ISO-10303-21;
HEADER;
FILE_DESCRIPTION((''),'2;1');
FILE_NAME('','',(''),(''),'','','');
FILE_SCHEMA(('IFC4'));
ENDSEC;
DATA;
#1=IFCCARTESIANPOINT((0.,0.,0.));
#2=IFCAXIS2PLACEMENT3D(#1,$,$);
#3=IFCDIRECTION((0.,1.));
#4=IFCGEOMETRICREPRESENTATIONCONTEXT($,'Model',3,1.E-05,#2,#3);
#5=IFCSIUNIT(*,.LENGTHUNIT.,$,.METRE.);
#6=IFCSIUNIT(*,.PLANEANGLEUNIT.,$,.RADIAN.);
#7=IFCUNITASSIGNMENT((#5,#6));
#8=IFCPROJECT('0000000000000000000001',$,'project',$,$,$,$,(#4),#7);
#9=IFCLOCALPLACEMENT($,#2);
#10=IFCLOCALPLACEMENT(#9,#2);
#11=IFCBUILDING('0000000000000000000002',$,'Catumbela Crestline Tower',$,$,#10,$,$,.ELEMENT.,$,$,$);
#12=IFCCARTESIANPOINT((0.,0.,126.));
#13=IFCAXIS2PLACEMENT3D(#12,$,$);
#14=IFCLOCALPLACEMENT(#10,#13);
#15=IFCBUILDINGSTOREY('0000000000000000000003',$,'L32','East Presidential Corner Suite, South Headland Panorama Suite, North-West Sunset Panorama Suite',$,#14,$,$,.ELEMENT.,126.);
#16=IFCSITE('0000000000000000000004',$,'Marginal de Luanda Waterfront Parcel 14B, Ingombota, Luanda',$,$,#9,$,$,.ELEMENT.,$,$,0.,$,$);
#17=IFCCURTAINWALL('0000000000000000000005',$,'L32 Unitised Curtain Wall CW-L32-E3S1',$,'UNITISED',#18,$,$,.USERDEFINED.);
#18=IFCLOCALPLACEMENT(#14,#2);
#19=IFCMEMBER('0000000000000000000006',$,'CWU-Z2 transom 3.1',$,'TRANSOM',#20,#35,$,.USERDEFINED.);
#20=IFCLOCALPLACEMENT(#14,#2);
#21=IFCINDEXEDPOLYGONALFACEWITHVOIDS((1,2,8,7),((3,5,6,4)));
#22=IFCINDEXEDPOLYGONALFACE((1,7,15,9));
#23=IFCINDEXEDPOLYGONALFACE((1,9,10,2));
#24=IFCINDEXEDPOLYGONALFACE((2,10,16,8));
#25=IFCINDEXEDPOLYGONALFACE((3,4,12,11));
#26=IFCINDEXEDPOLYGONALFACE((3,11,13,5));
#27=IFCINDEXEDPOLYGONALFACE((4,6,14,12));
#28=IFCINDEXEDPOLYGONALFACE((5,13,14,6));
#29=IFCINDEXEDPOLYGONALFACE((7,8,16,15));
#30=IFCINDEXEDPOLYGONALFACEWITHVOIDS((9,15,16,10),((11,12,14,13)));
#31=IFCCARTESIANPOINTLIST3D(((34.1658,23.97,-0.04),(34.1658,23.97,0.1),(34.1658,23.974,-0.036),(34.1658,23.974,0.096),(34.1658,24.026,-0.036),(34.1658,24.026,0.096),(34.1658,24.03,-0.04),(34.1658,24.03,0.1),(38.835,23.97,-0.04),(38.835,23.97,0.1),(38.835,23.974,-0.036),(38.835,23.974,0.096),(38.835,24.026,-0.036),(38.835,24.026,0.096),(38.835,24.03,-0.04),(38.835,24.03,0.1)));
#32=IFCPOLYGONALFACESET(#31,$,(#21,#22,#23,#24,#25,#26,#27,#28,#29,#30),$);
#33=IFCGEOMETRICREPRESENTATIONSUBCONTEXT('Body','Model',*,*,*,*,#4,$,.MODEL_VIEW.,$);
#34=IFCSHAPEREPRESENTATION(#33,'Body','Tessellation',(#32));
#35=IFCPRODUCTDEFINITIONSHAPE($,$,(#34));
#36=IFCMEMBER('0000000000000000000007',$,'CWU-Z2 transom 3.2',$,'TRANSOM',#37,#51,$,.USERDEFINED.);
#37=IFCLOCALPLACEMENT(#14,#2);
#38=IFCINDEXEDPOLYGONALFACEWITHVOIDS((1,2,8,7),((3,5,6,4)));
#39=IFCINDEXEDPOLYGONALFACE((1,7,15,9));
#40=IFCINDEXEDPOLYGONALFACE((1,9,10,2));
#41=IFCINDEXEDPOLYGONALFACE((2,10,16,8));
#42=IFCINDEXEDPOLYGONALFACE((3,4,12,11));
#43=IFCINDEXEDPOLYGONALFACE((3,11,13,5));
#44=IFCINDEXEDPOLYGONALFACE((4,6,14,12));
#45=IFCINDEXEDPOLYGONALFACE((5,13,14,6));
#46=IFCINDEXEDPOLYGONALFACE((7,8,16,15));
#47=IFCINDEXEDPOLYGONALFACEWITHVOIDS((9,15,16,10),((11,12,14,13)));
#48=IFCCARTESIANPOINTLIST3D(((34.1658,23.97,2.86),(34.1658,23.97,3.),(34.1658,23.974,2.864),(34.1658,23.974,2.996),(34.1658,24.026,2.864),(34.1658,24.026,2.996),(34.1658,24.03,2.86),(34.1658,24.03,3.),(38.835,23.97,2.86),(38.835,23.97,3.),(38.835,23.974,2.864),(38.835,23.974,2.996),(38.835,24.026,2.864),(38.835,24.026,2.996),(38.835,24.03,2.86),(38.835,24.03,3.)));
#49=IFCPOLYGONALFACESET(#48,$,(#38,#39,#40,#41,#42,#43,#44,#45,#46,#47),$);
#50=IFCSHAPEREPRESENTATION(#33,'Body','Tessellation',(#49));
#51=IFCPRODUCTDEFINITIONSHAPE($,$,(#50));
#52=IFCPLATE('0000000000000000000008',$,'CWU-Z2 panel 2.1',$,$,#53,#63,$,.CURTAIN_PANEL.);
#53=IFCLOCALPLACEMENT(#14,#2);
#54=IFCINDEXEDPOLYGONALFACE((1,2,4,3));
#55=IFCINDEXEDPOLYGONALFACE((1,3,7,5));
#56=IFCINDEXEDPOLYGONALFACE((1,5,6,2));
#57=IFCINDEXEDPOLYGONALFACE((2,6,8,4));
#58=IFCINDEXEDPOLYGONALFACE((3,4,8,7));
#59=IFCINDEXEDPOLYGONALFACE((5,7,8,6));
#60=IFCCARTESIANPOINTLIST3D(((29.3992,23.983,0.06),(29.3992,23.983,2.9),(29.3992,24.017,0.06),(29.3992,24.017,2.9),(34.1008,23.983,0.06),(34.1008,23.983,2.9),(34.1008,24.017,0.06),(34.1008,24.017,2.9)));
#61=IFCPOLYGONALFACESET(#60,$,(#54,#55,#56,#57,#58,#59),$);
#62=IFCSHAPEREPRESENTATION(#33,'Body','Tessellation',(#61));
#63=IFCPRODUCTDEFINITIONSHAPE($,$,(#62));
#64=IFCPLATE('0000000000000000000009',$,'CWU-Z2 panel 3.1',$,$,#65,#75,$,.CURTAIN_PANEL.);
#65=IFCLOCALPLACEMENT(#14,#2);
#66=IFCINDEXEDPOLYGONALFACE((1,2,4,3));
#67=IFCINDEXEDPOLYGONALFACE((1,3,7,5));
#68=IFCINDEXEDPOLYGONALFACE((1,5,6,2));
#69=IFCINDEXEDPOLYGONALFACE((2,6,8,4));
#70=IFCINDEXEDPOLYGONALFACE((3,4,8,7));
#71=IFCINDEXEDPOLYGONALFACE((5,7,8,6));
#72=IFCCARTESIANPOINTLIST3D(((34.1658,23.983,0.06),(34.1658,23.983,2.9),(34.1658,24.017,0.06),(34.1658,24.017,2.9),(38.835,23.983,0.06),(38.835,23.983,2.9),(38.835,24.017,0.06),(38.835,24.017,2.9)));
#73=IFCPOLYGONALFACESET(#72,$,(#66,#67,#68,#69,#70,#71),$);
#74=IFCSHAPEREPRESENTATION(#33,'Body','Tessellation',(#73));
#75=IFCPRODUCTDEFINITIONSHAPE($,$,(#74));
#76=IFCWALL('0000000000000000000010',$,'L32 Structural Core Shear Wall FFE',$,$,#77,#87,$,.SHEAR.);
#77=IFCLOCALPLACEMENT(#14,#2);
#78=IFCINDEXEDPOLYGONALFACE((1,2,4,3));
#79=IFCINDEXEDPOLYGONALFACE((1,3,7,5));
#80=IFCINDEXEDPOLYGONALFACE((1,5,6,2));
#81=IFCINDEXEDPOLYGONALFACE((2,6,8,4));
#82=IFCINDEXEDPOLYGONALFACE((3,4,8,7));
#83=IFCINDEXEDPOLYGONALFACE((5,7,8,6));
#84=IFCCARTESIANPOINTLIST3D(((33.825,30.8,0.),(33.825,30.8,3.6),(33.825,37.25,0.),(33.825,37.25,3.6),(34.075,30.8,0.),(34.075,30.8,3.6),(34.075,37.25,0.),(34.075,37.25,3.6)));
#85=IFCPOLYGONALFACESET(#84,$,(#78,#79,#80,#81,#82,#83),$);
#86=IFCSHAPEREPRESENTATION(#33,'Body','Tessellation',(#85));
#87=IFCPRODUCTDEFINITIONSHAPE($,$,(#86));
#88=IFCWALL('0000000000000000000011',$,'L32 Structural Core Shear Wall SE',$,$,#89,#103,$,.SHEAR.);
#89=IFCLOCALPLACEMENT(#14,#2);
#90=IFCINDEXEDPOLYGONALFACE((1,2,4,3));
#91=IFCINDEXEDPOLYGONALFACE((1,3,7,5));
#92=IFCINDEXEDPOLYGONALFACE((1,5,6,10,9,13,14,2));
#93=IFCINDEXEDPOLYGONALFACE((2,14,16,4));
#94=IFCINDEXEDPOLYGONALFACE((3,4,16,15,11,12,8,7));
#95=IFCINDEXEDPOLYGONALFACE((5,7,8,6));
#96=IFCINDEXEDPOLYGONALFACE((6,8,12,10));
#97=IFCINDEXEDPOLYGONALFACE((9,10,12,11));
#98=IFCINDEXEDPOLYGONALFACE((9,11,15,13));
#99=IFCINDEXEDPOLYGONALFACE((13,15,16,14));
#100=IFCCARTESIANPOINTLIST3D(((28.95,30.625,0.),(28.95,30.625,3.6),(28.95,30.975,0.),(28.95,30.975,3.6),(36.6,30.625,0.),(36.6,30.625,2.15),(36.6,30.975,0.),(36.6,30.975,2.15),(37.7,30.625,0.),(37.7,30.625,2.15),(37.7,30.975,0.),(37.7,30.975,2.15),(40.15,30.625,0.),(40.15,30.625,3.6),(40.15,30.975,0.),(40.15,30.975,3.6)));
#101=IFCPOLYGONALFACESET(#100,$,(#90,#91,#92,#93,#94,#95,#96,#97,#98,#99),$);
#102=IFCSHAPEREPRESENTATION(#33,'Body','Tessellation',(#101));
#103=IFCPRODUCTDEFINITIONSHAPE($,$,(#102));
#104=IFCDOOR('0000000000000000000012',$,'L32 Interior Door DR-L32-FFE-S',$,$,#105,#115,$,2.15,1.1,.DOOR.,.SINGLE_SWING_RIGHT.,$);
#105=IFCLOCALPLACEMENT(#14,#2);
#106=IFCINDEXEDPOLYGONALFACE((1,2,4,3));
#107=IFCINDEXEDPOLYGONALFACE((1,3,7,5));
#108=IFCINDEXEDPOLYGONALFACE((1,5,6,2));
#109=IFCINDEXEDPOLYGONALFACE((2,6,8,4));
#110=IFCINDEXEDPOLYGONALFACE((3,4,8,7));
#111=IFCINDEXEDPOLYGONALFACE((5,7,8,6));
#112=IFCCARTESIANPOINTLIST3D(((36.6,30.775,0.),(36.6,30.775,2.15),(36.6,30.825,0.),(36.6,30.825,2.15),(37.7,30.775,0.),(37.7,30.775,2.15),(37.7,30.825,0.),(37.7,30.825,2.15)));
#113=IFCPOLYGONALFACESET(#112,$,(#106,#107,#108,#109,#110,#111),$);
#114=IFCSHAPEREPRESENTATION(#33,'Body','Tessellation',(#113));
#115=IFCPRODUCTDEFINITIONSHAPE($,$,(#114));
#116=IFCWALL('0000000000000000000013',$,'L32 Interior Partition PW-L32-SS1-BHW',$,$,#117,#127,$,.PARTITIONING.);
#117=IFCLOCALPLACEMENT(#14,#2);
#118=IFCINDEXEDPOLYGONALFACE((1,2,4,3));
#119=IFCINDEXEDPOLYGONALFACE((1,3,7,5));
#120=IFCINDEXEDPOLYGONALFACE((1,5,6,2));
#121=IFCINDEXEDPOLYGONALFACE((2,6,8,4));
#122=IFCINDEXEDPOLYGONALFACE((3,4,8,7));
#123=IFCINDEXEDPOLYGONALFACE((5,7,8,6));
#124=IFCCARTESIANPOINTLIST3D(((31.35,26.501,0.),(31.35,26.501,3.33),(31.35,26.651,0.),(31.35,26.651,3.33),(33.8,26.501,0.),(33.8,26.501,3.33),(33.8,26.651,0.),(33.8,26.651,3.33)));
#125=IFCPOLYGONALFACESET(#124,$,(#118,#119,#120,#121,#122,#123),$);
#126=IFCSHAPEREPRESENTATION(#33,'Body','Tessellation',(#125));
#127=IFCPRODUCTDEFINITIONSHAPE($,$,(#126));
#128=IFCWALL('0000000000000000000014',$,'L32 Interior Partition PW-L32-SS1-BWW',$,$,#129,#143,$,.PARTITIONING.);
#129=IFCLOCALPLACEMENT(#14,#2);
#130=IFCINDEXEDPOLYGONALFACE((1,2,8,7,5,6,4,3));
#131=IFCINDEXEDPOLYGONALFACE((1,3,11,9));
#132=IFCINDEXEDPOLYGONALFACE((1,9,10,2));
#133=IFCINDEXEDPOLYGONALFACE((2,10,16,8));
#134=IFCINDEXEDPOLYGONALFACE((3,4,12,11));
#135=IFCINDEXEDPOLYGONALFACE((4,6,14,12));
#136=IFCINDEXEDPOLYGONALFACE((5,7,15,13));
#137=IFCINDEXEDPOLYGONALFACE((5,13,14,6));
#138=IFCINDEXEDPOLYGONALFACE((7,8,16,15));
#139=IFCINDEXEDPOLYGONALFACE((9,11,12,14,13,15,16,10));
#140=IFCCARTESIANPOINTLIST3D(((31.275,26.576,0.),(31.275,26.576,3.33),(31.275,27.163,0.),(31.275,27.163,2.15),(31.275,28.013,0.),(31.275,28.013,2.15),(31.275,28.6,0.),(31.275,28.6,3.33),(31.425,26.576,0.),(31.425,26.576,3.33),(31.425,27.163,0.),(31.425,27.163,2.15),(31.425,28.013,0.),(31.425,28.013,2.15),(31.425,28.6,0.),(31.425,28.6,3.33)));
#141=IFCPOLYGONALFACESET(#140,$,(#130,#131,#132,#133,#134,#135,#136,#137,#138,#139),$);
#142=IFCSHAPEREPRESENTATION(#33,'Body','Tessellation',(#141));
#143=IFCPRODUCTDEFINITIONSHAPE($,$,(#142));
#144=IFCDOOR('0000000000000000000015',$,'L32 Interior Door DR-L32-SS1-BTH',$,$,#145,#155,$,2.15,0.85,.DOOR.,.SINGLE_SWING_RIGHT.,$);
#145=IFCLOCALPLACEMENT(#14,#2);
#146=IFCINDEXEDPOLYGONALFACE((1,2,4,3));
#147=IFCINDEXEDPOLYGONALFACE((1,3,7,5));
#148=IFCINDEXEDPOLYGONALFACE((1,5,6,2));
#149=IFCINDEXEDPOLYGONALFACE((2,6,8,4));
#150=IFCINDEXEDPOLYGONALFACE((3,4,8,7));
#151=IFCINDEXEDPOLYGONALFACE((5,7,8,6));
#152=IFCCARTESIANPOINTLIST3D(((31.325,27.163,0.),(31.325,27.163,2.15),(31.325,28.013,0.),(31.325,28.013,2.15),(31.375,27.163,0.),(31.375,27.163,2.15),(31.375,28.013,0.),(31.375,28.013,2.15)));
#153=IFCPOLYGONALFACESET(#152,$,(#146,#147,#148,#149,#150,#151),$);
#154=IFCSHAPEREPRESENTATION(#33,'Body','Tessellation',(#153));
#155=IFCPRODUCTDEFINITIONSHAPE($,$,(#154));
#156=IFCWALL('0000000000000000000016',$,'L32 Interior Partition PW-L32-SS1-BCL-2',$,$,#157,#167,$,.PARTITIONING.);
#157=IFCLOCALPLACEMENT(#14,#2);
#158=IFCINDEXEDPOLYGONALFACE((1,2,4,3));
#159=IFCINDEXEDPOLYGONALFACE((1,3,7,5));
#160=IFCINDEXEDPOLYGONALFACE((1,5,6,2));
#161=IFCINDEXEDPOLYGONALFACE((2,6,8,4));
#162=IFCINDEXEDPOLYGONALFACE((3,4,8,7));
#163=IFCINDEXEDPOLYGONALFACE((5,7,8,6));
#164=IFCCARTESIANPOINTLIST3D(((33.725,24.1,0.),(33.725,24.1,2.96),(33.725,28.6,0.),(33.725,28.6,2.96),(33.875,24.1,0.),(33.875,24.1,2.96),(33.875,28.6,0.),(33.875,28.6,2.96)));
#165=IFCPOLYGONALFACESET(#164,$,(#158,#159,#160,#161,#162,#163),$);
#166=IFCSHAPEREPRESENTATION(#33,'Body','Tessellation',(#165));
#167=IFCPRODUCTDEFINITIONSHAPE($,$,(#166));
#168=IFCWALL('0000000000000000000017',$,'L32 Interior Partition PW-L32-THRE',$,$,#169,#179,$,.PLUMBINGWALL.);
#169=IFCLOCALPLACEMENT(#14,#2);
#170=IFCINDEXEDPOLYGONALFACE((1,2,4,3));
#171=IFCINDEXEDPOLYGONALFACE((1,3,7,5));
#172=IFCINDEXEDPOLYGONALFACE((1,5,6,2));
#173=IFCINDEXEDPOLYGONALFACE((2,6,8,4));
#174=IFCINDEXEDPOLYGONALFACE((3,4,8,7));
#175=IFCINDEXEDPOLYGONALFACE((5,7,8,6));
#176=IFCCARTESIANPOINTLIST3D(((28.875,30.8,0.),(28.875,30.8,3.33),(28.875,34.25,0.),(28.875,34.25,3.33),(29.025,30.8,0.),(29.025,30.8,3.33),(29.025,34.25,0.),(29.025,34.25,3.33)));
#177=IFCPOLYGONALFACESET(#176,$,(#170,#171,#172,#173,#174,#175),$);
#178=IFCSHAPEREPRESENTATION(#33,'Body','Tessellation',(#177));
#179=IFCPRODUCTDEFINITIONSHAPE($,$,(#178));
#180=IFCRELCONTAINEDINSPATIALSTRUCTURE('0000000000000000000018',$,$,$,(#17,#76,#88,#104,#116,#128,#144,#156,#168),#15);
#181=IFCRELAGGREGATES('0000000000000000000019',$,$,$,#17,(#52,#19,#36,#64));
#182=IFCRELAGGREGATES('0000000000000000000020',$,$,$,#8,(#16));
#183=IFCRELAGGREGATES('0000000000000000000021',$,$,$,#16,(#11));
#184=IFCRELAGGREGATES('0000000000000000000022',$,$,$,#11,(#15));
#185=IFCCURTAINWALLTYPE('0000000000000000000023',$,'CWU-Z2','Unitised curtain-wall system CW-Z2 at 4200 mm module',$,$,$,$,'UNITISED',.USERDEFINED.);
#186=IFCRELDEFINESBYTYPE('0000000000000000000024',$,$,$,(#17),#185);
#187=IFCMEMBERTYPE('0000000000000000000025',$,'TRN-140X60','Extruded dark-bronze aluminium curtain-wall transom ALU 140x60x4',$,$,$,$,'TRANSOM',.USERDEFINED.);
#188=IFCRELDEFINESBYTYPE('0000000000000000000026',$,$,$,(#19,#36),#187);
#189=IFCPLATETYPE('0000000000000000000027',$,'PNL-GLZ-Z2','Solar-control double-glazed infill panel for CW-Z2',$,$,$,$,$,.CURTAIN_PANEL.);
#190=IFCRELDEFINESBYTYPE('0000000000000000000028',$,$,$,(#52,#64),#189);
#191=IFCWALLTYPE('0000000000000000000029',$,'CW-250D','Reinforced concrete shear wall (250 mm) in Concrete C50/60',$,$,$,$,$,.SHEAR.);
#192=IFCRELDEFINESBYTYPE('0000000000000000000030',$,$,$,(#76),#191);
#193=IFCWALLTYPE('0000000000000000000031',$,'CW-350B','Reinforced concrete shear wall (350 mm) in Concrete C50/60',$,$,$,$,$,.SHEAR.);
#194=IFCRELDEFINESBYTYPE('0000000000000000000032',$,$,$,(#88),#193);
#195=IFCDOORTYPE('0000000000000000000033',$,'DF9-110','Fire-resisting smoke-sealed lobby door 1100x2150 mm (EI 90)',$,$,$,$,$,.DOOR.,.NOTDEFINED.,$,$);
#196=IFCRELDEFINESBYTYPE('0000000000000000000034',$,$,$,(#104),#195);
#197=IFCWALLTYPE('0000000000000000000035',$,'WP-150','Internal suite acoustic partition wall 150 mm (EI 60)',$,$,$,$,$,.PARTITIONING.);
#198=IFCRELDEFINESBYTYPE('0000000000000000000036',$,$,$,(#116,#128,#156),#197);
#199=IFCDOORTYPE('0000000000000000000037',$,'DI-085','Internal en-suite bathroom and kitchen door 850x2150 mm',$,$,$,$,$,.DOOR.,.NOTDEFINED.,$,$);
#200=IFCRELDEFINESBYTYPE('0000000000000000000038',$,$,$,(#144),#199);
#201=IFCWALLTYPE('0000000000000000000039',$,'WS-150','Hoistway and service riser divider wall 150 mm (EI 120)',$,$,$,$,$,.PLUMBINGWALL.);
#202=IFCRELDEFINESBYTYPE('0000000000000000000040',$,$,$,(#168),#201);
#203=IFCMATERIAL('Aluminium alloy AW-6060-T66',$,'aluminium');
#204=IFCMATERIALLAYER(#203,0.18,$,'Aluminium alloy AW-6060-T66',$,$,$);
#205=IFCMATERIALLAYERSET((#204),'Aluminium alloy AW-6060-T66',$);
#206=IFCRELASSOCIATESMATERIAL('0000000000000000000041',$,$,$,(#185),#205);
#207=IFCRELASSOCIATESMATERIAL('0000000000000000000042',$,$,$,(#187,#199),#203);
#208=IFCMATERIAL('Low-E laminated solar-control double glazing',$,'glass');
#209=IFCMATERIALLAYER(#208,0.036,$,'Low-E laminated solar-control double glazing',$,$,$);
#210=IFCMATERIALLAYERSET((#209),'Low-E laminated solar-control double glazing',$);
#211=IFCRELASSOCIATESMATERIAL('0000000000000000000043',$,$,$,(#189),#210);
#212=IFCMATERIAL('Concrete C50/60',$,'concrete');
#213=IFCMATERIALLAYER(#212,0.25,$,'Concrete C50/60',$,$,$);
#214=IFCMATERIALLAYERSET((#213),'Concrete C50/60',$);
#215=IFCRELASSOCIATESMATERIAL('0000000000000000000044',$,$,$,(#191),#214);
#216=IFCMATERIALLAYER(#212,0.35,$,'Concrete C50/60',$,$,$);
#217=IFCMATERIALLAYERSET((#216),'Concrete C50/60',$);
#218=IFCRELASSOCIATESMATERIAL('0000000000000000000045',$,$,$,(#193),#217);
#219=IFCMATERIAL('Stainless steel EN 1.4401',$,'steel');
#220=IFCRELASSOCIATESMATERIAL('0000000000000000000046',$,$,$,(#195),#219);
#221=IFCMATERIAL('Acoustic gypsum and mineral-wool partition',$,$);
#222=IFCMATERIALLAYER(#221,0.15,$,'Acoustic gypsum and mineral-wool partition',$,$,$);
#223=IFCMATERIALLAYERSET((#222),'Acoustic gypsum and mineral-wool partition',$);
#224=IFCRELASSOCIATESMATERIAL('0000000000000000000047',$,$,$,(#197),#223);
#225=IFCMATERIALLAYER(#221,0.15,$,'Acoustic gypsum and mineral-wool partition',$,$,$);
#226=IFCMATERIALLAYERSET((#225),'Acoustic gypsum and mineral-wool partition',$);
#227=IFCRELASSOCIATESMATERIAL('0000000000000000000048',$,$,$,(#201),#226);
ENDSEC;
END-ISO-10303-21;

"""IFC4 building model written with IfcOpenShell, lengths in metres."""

from ifc_helpers import new_model, si_unit, direction, frame, frame_2d, origin, origin_2d, place, context, subcontext, project, spatial, rectangle, hollow_rectangle, extrude, material, layer, layer_set, material_profile, profile_set, type_object, element, fill, aggregate, save


model = new_model("IFC4")

# Units and contexts
model_context = context("Model", 3, precision=1e-05, world=origin(), true_north=direction((0.0, 1.0)))
body_context = subcontext(model_context, "Body", "Model", "MODEL_VIEW")
ifc_project = project(units=[si_unit("LENGTHUNIT", "METRE"), si_unit("PLANEANGLEUNIT", "RADIAN")], contexts=[model_context])

# Site, building, storey
site_placement = place(None, origin())
site = spatial("IfcSite", under=ifc_project, at=site_placement, Name="Marginal de Luanda Waterfront Parcel 14B, Ingombota, Luanda", CompositionType="ELEMENT", RefElevation=0.0)
building_placement = place(site_placement, origin())
building = spatial("IfcBuilding", under=site, at=building_placement, Name="Catumbela Crestline Tower", CompositionType="ELEMENT")
storey_placement = place(building_placement, frame((0.0, 0.0, 126.0)))
storey = spatial("IfcBuildingStorey", under=building, at=storey_placement, Name="L32", Description="East Presidential Corner Suite, South Headland Panorama Suite, North-West Sunset Panorama Suite", CompositionType="ELEMENT", Elevation=126.0)

# Shared definitions
ifc_material_1 = material(Name="Concrete C50/60", Category="concrete")

# Curtain wall
ifc_material_2 = material(Name="Aluminium alloy AW-6060-T66", Category="aluminium")
ifc_layer_1 = layer(ifc_material_2, 0.18, Name="Aluminium alloy AW-6060-T66")
ifc_layer_set_1 = layer_set([ifc_layer_1], Name="Aluminium alloy AW-6060-T66")
curtain_wall_type = type_object("IfcCurtainWallType", Name="CWU-Z2", Description="Unitised curtain-wall system CW-Z2 at 4200 mm module", ElementType="UNITISED", PredefinedType="USERDEFINED", material=ifc_layer_set_1)
curtain_wall_placement = place(storey_placement, origin())
curtain_wall = element("IfcCurtainWall", 1, at=curtain_wall_placement, inside=storey, type_object=curtain_wall_type, Name="L32 Unitised Curtain Wall CW-L32-E3S1", ObjectType="UNITISED", PredefinedType="USERDEFINED")

# Members
ifc_material_profile_1 = material_profile(ifc_material_2, hollow_rectangle(XDim=0.06, YDim=0.14, WallThickness=0.004, at=origin_2d()), Name="ALU 140x60x4")
ifc_profile_set_1 = profile_set([ifc_material_profile_1], Name="Aluminium alloy AW-6060-T66")
member_type_1 = type_object("IfcMemberType", Name="TRN-140X60", Description="Extruded dark-bronze aluminium curtain-wall transom ALU 140x60x4", ElementType="TRANSOM", PredefinedType="USERDEFINED", material=ifc_profile_set_1)
member_1_placement = place(storey_placement, frame((34.1658, 24.0, 0.03), z_axis=(1.0, 0.0, 0.0), x_axis=(0.0, 1.0, 0.0)))
member_1 = element("IfcMember", 2, at=member_1_placement, type_object=member_type_1, Name="CWU-Z2 transom 3.1", ObjectType="TRANSOM", PredefinedType="USERDEFINED", context=body_context, shape_type="SweptSolid", body=[
    extrude(hollow_rectangle(XDim=0.06, YDim=0.14, WallThickness=0.004, at=origin_2d()), origin(), (0.0, 0.0, 1.0), 4.6692),
])
member_2_placement = place(storey_placement, frame((34.1658, 24.0, 2.93), z_axis=(1.0, 0.0, 0.0), x_axis=(0.0, 1.0, 0.0)))
member_2 = element("IfcMember", 3, at=member_2_placement, type_object=member_type_1, Name="CWU-Z2 transom 3.2", ObjectType="TRANSOM", PredefinedType="USERDEFINED", context=body_context, shape_type="SweptSolid", body=[
    extrude(hollow_rectangle(XDim=0.06, YDim=0.14, WallThickness=0.004, at=origin_2d()), origin(), (0.0, 0.0, 1.0), 4.6692),
])

# Plates
ifc_material_3 = material(Name="Low-E laminated solar-control double glazing", Category="glass")
ifc_layer_2 = layer(ifc_material_3, 0.036, Name="Low-E laminated solar-control double glazing")
ifc_layer_set_2 = layer_set([ifc_layer_2], Name="Low-E laminated solar-control double glazing")
plate_type = type_object("IfcPlateType", Name="PNL-GLZ-Z2", Description="Solar-control double-glazed infill panel for CW-Z2", PredefinedType="CURTAIN_PANEL", material=ifc_layer_set_2)
plate_1_placement = place(storey_placement, frame((31.75, 24.0, 0.06), z_axis=(0.0, 0.0, 1.0), x_axis=(1.0, 0.0, 0.0)))
plate_1 = element("IfcPlate", 4, at=plate_1_placement, type_object=plate_type, Name="CWU-Z2 panel 2.1", PredefinedType="CURTAIN_PANEL", context=body_context, shape_type="SweptSolid", body=[
    extrude(rectangle(XDim=4.7017, YDim=0.034, at=origin_2d()), origin(), (0.0, 0.0, 1.0), 2.84),
])
plate_2_placement = place(storey_placement, frame((36.5004, 24.0, 0.06), z_axis=(0.0, 0.0, 1.0), x_axis=(1.0, 0.0, 0.0)))
plate_2 = element("IfcPlate", 5, at=plate_2_placement, type_object=plate_type, Name="CWU-Z2 panel 3.1", PredefinedType="CURTAIN_PANEL", context=body_context, shape_type="SweptSolid", body=[
    extrude(rectangle(XDim=4.6692, YDim=0.034, at=origin_2d()), origin(), (0.0, 0.0, 1.0), 2.84),
])
aggregate(curtain_wall, [plate_1, member_1, member_2, plate_2])

# Wall
ifc_layer_3 = layer(ifc_material_1, 0.25, Name="Concrete C50/60")
ifc_layer_set_3 = layer_set([ifc_layer_3], Name="Concrete C50/60")
wall_type_1 = type_object("IfcWallType", Name="CW-250D", Description="Reinforced concrete shear wall (250 mm) in Concrete C50/60", PredefinedType="SHEAR", material=ifc_layer_set_3)
wall_1_placement = place(storey_placement, frame((33.95, 30.8, 0.0), z_axis=(0.0, 0.0, 1.0), x_axis=(0.0, 1.0, 0.0)))
element("IfcWall", 6, at=wall_1_placement, inside=storey, type_object=wall_type_1, Name="L32 Structural Core Shear Wall FFE", PredefinedType="SHEAR", context=body_context, shape_type="SweptSolid", body=[
    extrude(rectangle(XDim=6.45, YDim=0.25, at=frame_2d((3.225, 0.0))), origin(), (0.0, 0.0, 1.0), 3.6),
])

# Wall, opening, door
ifc_layer_4 = layer(ifc_material_1, 0.35, Name="Concrete C50/60")
ifc_layer_set_4 = layer_set([ifc_layer_4], Name="Concrete C50/60")
wall_type_2 = type_object("IfcWallType", Name="CW-350B", Description="Reinforced concrete shear wall (350 mm) in Concrete C50/60", PredefinedType="SHEAR", material=ifc_layer_set_4)
wall_2_placement = place(storey_placement, frame((28.95, 30.8, 0.0), z_axis=(0.0, 0.0, 1.0), x_axis=(1.0, 0.0, 0.0)))
wall_2 = element("IfcWall", 7, at=wall_2_placement, inside=storey, type_object=wall_type_2, Name="L32 Structural Core Shear Wall SE", PredefinedType="SHEAR", context=body_context, shape_type="SweptSolid", body=[
    extrude(rectangle(XDim=11.2, YDim=0.35, at=frame_2d((5.6, 0.0))), origin(), (0.0, 0.0, 1.0), 3.6),
])
opening_1_placement = place(wall_2_placement, frame((7.65, 0.0, 0.0)))
opening_1 = element("IfcOpeningElement", 8, at=opening_1_placement, cuts=wall_2, PredefinedType="OPENING", context=body_context, shape_type="SweptSolid", body=[
    extrude(rectangle(XDim=1.1, YDim=2.15, at=frame_2d((0.55, 1.075))), frame((0.0, 0.185, 0.0), z_axis=(0.0, -1.0, 0.0), x_axis=(1.0, 0.0, 0.0)), (0.0, 0.0, 1.0), 0.37),
])
ifc_material_4 = material(Name="Stainless steel EN 1.4401", Category="steel")
door_type_1 = type_object("IfcDoorType", Name="DF9-110", Description="Fire-resisting smoke-sealed lobby door 1100x2150 mm (EI 90)", OperationType="NOTDEFINED", PredefinedType="DOOR", material=ifc_material_4)
door_1_placement = place(opening_1_placement, origin())
door_1 = element("IfcDoor", 9, at=door_1_placement, inside=storey, type_object=door_type_1, Name="L32 Interior Door DR-L32-FFE-S", OperationType="SINGLE_SWING_RIGHT", OverallHeight=2.15, OverallWidth=1.1, PredefinedType="DOOR", context=body_context, shape_type="SweptSolid", body=[
    extrude(rectangle(XDim=1.1, YDim=2.15, at=frame_2d((0.55, 1.075))), frame((0.0, 0.025, 0.0), z_axis=(0.0, -1.0, 0.0), x_axis=(1.0, 0.0, 0.0)), (0.0, 0.0, 1.0), 0.05),
])
fill(opening_1, door_1)

# Wall
ifc_material_5 = material(Name="Acoustic gypsum and mineral-wool partition")
ifc_layer_5 = layer(ifc_material_5, 0.15, Name="Acoustic gypsum and mineral-wool partition")
ifc_layer_set_5 = layer_set([ifc_layer_5], Name="Acoustic gypsum and mineral-wool partition")
wall_type_3 = type_object("IfcWallType", Name="WP-150", Description="Internal suite acoustic partition wall 150 mm (EI 60)", PredefinedType="PARTITIONING", material=ifc_layer_set_5)
wall_3_placement = place(storey_placement, frame((31.35, 26.576, 0.0), z_axis=(0.0, 0.0, 1.0), x_axis=(1.0, 0.0, 0.0)))
element("IfcWall", 10, at=wall_3_placement, inside=storey, type_object=wall_type_3, Name="L32 Interior Partition PW-L32-SS1-BHW", PredefinedType="PARTITIONING", context=body_context, shape_type="SweptSolid", body=[
    extrude(rectangle(XDim=2.45, YDim=0.15, at=frame_2d((1.225, 0.0))), origin(), (0.0, 0.0, 1.0), 3.33),
])

# Wall, opening, door
wall_4_placement = place(storey_placement, frame((31.35, 26.576, 0.0), z_axis=(0.0, 0.0, 1.0), x_axis=(0.0, 1.0, 0.0)))
wall_4 = element("IfcWall", 11, at=wall_4_placement, inside=storey, type_object=wall_type_3, Name="L32 Interior Partition PW-L32-SS1-BWW", PredefinedType="PARTITIONING", context=body_context, shape_type="SweptSolid", body=[
    extrude(rectangle(XDim=2.024, YDim=0.15, at=frame_2d((1.012, 0.0))), origin(), (0.0, 0.0, 1.0), 3.33),
])
opening_2_placement = place(wall_4_placement, frame((0.587, 0.0, 0.0)))
opening_2 = element("IfcOpeningElement", 12, at=opening_2_placement, cuts=wall_4, PredefinedType="OPENING", context=body_context, shape_type="SweptSolid", body=[
    extrude(rectangle(XDim=0.85, YDim=2.15, at=frame_2d((0.425, 1.075))), frame((0.0, 0.085, 0.0), z_axis=(0.0, -1.0, 0.0), x_axis=(1.0, 0.0, 0.0)), (0.0, 0.0, 1.0), 0.17),
])
door_type_2 = type_object("IfcDoorType", Name="DI-085", Description="Internal en-suite bathroom and kitchen door 850x2150 mm", OperationType="NOTDEFINED", PredefinedType="DOOR", material=ifc_material_2)
door_2_placement = place(opening_2_placement, origin())
door_2 = element("IfcDoor", 13, at=door_2_placement, inside=storey, type_object=door_type_2, Name="L32 Interior Door DR-L32-SS1-BTH", OperationType="SINGLE_SWING_RIGHT", OverallHeight=2.15, OverallWidth=0.85, PredefinedType="DOOR", context=body_context, shape_type="SweptSolid", body=[
    extrude(rectangle(XDim=0.85, YDim=2.15, at=frame_2d((0.425, 1.075))), frame((0.0, 0.025, 0.0), z_axis=(0.0, -1.0, 0.0), x_axis=(1.0, 0.0, 0.0)), (0.0, 0.0, 1.0), 0.05),
])
fill(opening_2, door_2)

# Walls
wall_5_placement = place(storey_placement, frame((33.8, 28.6, 0.0), z_axis=(0.0, 0.0, 1.0), x_axis=(0.0, -1.0, 0.0)))
element("IfcWall", 14, at=wall_5_placement, inside=storey, type_object=wall_type_3, Name="L32 Interior Partition PW-L32-SS1-BCL-2", PredefinedType="PARTITIONING", context=body_context, shape_type="SweptSolid", body=[
    extrude(rectangle(XDim=4.5, YDim=0.15, at=frame_2d((2.25, 0.0))), origin(), (0.0, 0.0, 1.0), 2.96),
])
ifc_layer_6 = layer(ifc_material_5, 0.15, Name="Acoustic gypsum and mineral-wool partition")
ifc_layer_set_6 = layer_set([ifc_layer_6], Name="Acoustic gypsum and mineral-wool partition")
wall_type_4 = type_object("IfcWallType", Name="WS-150", Description="Hoistway and service riser divider wall 150 mm (EI 120)", PredefinedType="PLUMBINGWALL", material=ifc_layer_set_6)
wall_6_placement = place(storey_placement, frame((28.95, 30.8, 0.0), z_axis=(0.0, 0.0, 1.0), x_axis=(0.0, 1.0, 0.0)))
element("IfcWall", 15, at=wall_6_placement, inside=storey, type_object=wall_type_4, Name="L32 Interior Partition PW-L32-THRE", PredefinedType="PLUMBINGWALL", context=body_context, shape_type="SweptSolid", body=[
    extrude(rectangle(XDim=3.45, YDim=0.15, at=frame_2d((1.725, 0.0))), origin(), (0.0, 0.0, 1.0), 3.33),
])

save(model, "model.ifc")
